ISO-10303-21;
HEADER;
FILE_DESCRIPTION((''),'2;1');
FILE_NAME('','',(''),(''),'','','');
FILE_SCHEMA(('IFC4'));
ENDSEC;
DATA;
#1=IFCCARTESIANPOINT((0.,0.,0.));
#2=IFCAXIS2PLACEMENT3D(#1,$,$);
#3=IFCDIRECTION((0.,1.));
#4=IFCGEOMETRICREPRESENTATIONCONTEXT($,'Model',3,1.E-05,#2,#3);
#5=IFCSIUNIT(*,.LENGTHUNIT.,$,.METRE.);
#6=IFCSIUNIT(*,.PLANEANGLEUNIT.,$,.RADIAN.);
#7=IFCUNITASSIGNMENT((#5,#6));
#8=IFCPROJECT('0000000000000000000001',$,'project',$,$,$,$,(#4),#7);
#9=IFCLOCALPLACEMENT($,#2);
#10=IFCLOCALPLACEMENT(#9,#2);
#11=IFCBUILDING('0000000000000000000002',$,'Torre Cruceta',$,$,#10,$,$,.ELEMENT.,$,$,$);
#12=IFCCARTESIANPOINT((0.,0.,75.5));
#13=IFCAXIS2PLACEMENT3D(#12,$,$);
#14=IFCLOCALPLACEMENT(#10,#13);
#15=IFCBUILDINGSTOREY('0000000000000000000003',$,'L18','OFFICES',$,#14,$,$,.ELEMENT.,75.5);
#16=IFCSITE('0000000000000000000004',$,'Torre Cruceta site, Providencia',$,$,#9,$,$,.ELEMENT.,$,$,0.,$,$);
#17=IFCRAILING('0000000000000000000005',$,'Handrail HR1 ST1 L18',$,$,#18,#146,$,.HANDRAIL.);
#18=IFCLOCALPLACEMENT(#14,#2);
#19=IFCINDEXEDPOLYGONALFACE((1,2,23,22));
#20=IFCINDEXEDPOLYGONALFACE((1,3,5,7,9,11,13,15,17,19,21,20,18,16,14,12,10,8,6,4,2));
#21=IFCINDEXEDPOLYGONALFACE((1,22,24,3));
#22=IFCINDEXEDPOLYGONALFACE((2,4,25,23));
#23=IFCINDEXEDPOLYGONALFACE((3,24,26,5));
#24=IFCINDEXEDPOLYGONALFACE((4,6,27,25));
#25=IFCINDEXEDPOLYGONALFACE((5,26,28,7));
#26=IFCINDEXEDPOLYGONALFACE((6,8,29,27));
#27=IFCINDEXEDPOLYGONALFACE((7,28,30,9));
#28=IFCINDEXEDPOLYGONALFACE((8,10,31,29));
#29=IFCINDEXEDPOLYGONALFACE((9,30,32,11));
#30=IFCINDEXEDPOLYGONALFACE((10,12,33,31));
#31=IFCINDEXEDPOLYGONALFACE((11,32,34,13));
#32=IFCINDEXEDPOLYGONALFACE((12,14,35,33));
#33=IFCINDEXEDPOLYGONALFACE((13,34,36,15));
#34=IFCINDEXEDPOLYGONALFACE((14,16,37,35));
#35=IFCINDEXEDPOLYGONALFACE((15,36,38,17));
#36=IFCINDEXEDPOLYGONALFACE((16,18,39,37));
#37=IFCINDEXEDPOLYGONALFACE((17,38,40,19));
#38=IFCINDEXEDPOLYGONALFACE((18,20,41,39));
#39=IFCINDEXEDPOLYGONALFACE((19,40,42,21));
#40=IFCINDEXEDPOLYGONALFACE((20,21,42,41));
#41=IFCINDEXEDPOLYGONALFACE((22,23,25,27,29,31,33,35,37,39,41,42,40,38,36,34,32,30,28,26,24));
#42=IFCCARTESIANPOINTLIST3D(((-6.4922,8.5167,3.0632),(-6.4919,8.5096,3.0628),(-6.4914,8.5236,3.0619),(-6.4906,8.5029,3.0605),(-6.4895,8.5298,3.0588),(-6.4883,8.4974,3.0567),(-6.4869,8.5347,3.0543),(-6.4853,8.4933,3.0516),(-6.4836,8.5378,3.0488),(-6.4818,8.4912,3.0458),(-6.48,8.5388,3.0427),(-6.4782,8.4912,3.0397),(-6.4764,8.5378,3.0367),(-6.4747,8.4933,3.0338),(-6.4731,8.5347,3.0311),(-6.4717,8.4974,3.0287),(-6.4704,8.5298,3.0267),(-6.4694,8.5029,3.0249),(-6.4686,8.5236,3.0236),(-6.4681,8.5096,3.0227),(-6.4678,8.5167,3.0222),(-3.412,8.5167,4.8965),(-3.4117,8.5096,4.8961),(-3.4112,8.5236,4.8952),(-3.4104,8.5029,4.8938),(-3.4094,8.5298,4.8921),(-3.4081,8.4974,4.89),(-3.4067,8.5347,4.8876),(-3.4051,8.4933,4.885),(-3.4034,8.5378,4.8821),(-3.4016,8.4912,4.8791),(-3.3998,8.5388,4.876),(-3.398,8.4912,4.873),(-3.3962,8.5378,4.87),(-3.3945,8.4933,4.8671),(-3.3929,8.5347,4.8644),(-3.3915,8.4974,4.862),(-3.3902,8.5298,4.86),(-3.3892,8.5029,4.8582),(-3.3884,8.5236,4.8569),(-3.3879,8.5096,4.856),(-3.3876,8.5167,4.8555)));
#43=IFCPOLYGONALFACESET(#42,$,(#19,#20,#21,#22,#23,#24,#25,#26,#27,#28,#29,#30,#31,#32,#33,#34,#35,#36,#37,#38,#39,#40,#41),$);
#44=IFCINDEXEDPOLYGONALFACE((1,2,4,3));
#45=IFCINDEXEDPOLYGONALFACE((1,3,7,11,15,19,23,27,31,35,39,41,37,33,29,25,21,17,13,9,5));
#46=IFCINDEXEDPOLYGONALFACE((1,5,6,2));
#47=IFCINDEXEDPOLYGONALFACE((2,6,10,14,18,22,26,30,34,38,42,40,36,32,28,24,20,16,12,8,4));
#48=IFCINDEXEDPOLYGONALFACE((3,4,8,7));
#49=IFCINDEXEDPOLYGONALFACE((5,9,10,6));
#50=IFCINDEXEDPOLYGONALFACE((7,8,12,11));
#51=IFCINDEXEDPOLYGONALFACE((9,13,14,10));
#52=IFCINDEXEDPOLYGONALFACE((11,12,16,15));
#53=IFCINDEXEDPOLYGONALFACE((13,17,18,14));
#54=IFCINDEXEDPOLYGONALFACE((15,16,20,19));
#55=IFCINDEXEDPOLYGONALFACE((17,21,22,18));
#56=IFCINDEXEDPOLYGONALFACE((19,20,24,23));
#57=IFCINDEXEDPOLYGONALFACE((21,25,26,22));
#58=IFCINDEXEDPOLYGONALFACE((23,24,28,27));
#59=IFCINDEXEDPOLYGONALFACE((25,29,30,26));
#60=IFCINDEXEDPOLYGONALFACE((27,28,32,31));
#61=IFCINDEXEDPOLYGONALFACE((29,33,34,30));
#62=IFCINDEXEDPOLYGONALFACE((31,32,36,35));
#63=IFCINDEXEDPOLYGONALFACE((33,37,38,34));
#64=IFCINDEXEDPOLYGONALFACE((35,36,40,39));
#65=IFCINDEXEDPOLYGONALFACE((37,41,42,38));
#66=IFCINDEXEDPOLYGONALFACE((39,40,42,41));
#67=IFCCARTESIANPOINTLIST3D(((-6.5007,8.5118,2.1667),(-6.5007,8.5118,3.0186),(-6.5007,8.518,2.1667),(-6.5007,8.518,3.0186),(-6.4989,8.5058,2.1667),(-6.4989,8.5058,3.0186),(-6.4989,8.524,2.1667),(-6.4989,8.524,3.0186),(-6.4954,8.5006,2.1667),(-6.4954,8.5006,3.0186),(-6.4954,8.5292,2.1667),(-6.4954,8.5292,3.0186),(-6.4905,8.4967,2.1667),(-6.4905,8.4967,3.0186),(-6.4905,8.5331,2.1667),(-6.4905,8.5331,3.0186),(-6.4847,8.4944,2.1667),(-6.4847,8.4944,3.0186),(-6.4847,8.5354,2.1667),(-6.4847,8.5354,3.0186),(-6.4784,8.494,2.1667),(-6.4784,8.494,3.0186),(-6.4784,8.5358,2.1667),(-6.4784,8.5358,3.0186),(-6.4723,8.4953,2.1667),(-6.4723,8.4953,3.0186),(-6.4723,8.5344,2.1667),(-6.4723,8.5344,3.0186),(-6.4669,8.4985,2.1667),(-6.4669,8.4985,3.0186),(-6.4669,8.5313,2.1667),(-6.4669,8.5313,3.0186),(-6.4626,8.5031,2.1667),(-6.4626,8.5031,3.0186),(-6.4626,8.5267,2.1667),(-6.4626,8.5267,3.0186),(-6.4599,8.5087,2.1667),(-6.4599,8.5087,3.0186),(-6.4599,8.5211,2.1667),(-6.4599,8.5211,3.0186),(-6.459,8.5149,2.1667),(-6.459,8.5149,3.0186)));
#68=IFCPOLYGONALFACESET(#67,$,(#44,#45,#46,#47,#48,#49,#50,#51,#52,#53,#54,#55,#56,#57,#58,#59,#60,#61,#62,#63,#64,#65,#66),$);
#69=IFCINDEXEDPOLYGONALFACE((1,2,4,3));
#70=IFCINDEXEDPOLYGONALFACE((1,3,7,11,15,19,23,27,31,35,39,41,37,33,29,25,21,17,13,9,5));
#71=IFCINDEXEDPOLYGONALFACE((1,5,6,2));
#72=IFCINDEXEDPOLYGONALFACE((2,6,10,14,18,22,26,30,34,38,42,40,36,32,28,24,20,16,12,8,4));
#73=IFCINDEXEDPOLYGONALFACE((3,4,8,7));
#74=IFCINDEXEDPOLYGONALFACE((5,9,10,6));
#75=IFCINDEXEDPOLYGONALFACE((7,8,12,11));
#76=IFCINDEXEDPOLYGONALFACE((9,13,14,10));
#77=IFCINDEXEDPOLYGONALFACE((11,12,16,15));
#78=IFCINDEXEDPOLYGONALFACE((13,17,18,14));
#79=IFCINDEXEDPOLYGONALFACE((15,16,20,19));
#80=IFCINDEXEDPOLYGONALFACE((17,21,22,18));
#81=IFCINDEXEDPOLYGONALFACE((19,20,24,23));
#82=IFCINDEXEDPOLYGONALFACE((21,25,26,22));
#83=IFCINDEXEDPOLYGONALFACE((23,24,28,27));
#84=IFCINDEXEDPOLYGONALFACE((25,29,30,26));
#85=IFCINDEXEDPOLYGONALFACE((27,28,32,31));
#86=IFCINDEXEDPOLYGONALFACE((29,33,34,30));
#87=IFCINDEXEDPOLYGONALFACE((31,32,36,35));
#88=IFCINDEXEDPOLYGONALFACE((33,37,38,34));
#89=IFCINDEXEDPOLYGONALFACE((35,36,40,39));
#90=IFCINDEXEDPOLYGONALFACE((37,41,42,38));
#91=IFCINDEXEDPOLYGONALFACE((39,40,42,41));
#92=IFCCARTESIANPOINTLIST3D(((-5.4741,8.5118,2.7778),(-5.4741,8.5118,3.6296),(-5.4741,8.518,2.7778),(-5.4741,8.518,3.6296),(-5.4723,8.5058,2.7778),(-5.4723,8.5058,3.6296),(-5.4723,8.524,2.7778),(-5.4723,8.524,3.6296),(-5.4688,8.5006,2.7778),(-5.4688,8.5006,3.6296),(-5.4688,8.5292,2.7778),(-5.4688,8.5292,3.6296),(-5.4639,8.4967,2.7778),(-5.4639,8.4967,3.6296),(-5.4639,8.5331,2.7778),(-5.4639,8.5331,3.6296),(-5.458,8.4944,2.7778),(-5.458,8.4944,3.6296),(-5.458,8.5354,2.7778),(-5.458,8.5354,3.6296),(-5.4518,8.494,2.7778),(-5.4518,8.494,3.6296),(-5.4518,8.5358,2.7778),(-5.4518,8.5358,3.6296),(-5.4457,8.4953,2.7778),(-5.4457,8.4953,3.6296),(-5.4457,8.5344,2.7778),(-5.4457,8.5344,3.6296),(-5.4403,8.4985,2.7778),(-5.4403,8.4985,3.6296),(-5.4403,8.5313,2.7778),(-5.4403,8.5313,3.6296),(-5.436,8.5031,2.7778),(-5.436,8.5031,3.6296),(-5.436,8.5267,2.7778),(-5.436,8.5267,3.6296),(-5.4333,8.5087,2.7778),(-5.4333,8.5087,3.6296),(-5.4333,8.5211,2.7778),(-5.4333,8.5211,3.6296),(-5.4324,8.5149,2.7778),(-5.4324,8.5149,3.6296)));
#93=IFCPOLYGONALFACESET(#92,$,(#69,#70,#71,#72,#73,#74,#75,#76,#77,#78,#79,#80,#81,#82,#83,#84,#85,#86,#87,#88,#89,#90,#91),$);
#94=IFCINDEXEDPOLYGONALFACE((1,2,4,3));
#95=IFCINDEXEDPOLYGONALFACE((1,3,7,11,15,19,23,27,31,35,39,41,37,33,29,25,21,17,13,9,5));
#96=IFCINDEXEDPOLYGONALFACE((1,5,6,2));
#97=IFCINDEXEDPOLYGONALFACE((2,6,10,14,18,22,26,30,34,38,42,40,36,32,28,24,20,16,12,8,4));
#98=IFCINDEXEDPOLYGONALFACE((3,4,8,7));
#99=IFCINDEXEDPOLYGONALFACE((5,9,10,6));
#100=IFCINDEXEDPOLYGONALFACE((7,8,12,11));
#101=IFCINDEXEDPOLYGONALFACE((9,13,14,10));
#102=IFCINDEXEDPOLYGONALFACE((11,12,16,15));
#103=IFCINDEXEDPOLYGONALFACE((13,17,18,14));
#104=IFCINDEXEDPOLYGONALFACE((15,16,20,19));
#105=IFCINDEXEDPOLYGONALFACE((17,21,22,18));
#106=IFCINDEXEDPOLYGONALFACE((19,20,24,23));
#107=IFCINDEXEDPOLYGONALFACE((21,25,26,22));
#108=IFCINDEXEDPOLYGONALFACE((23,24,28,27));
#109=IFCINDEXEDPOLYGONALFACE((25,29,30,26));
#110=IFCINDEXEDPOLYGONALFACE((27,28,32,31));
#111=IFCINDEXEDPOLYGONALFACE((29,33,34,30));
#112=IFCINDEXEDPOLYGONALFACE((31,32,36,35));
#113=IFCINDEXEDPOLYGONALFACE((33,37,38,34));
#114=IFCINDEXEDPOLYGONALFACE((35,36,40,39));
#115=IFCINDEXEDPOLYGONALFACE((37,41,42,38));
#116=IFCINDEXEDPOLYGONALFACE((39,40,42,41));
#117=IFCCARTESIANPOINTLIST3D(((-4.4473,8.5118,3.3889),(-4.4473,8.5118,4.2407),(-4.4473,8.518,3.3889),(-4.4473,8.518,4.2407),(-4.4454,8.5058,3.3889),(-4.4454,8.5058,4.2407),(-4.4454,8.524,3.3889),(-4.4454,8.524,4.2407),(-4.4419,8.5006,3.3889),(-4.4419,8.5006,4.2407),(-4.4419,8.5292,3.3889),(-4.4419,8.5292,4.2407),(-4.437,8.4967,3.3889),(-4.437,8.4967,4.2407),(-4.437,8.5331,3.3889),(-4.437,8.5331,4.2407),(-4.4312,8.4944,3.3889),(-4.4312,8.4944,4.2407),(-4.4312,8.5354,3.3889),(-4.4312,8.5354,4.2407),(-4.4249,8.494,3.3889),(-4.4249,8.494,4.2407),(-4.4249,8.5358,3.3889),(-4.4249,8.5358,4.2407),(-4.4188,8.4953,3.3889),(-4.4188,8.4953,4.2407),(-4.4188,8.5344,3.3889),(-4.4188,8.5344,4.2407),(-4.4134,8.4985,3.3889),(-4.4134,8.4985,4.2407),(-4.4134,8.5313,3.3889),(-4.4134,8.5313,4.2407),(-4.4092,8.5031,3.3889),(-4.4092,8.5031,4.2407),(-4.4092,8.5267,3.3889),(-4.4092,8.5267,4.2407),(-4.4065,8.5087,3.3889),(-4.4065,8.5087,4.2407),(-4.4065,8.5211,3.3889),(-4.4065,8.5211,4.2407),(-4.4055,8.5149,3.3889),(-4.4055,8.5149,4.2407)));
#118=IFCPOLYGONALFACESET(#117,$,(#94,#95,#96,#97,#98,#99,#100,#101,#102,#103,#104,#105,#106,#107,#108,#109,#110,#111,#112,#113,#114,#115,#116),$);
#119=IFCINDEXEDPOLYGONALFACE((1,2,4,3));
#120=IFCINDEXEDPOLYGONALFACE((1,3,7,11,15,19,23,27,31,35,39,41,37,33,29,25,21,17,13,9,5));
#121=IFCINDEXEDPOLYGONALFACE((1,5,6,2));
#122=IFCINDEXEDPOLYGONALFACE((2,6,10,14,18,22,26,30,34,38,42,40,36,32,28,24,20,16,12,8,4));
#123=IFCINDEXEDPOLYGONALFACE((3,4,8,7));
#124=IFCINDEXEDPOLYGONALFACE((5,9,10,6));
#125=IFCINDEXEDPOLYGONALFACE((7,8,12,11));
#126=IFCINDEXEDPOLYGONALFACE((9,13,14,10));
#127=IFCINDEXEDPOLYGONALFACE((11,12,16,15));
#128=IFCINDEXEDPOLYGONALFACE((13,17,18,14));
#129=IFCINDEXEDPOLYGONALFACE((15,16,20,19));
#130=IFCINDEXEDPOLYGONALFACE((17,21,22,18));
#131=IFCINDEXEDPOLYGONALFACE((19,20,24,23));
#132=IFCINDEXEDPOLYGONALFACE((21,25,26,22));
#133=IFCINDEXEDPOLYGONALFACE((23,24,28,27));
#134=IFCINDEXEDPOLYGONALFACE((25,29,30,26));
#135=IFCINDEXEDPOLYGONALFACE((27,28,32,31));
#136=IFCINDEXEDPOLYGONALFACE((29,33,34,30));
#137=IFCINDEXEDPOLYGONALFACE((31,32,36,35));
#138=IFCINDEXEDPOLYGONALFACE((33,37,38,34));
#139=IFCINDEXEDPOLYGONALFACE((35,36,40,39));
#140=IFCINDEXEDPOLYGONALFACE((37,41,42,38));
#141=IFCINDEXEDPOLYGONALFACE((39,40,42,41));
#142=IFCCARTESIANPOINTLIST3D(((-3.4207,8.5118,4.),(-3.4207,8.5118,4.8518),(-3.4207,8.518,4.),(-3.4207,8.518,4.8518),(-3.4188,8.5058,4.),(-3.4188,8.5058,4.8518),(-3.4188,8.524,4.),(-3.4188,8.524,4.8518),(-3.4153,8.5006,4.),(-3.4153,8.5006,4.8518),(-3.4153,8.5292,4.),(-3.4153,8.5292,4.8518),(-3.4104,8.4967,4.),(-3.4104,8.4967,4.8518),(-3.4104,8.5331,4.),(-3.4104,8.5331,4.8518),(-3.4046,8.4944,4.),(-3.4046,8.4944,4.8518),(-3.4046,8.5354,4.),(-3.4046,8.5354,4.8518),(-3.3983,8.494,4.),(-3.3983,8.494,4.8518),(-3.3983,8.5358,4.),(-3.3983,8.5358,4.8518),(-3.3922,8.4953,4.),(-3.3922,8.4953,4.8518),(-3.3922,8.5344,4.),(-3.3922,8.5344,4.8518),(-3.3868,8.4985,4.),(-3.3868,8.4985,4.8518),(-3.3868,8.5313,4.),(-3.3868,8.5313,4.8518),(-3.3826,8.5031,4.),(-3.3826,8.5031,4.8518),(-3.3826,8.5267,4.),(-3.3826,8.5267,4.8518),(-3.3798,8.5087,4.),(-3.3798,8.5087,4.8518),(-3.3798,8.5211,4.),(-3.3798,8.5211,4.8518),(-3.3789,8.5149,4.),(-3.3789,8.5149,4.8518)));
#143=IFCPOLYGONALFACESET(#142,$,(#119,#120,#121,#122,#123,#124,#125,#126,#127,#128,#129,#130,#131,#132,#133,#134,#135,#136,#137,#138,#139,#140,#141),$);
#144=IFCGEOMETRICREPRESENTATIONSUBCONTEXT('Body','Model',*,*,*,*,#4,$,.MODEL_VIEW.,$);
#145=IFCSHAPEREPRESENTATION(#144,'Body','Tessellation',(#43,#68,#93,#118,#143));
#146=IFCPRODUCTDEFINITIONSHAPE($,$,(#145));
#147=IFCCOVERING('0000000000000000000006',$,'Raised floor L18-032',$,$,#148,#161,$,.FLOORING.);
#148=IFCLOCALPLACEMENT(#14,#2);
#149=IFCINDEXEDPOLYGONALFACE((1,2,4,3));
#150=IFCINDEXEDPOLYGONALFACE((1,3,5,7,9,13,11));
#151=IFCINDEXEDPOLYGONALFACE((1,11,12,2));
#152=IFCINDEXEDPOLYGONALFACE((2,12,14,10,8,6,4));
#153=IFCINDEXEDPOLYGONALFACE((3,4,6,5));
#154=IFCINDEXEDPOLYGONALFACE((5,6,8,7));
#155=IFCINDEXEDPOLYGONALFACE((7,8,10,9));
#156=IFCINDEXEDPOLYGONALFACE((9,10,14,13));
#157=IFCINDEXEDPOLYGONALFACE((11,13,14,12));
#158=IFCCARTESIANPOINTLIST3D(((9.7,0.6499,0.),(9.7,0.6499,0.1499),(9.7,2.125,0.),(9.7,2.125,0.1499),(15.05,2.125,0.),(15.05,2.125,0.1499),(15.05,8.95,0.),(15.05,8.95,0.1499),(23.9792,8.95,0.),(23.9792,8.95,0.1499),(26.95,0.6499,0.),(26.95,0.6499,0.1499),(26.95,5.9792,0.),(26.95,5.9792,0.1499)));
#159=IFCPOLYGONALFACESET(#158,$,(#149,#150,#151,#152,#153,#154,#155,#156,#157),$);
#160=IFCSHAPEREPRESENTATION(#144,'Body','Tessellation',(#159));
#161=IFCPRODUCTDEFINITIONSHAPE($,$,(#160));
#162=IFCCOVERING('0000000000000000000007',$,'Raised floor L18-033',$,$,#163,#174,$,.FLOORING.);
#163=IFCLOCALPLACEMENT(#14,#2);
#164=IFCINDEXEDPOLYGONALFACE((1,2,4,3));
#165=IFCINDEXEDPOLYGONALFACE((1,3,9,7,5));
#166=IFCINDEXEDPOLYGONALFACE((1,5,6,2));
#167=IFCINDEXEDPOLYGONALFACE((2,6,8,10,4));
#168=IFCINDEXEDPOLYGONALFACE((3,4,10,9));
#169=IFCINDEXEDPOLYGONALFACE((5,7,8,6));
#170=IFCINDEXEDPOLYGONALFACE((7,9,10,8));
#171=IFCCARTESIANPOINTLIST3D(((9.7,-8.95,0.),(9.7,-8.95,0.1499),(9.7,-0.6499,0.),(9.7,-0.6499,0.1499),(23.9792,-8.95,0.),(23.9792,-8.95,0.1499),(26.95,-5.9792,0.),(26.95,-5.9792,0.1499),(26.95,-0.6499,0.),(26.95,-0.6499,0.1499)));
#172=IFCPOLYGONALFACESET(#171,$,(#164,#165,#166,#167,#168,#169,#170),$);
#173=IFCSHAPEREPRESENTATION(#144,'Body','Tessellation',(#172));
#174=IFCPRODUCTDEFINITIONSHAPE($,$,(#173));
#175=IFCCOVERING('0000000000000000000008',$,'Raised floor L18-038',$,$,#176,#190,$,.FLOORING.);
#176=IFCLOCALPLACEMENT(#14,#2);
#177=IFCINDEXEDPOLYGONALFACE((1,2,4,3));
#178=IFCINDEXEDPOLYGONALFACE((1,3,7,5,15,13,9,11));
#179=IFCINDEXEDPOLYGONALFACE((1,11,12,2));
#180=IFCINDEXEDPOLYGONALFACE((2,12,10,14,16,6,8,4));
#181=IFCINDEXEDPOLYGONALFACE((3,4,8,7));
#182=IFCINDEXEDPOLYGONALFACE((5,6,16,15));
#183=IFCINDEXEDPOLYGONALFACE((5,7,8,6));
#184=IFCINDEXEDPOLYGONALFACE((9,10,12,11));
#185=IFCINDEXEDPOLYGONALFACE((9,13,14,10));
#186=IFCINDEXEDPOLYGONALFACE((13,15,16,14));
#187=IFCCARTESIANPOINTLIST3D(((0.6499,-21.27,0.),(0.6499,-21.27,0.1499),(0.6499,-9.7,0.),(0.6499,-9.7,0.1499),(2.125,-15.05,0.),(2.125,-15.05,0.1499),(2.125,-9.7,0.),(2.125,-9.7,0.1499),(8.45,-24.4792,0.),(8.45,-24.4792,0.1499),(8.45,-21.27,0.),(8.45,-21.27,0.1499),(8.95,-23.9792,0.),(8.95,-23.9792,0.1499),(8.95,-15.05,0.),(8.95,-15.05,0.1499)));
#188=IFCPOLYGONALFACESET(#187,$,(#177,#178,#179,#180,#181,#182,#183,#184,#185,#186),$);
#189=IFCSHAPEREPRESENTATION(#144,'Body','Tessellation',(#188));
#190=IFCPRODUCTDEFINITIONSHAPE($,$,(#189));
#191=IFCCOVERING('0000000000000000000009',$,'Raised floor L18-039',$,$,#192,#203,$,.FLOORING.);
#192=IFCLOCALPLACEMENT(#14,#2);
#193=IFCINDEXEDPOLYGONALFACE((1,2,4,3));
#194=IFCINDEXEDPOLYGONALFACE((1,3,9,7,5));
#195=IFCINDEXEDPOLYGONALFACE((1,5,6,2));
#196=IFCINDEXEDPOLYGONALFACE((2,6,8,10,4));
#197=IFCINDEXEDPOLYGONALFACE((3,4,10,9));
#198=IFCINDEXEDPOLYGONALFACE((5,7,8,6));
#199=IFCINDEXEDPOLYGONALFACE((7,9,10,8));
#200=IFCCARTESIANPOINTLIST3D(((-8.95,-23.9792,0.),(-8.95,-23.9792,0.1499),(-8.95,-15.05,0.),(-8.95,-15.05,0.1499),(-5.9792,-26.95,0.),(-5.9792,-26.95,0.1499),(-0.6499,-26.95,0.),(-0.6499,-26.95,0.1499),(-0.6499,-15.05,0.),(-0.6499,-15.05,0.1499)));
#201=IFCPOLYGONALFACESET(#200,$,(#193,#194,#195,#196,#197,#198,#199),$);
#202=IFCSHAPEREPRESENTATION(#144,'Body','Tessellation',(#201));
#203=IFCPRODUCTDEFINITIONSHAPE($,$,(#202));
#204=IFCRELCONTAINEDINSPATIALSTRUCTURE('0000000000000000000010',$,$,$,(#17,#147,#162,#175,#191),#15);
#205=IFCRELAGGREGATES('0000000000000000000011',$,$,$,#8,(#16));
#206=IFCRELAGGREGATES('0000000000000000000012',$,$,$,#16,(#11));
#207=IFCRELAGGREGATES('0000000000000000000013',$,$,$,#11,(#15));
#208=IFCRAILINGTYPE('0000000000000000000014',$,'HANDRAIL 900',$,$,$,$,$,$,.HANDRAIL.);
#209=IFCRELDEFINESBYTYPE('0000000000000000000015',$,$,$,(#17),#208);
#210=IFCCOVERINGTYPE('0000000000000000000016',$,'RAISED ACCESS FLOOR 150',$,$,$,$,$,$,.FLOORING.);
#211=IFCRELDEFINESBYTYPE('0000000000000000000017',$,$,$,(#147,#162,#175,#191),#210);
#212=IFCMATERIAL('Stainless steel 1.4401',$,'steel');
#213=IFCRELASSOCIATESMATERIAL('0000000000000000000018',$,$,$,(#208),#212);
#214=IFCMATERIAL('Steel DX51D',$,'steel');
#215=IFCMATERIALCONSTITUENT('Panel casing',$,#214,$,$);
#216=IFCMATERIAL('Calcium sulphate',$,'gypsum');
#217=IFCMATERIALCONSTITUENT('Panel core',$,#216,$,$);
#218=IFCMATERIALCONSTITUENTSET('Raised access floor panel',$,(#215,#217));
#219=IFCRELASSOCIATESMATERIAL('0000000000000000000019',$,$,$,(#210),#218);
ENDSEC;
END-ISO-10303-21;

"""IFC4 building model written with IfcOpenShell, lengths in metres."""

from ifc_helpers import new_model, si_unit, direction, frame, origin, origin_2d, place, context, subcontext, project, spatial, polyline, circle, outline, extrude, material, constituent, constituent_set, type_object, element, save


model = new_model("IFC4")

# Units and contexts
model_context = context("Model", 3, precision=1e-05, world=origin(), true_north=direction((0.0, 1.0)))
body_context = subcontext(model_context, "Body", "Model", "MODEL_VIEW")
ifc_project = project(units=[si_unit("LENGTHUNIT", "METRE"), si_unit("PLANEANGLEUNIT", "RADIAN")], contexts=[model_context])

# Site, building, storey
site_placement = place(None, origin())
site = spatial("IfcSite", under=ifc_project, at=site_placement, Name="Torre Cruceta site, Providencia", CompositionType="ELEMENT", RefElevation=0.0)
building_placement = place(site_placement, origin())
building = spatial("IfcBuilding", under=site, at=building_placement, Name="Torre Cruceta", CompositionType="ELEMENT")
storey_placement = place(building_placement, frame((0.0, 0.0, 75.5)))
storey = spatial("IfcBuildingStorey", under=building, at=storey_placement, Name="L18", Description="OFFICES", CompositionType="ELEMENT", Elevation=75.5)

# Railing
ifc_material_1 = material(Name="Stainless steel 1.4401", Category="steel")
railing_type = type_object("IfcRailingType", Name="HANDRAIL 900", PredefinedType="HANDRAIL", material=ifc_material_1)
railing_1_placement = place(storey_placement, frame((-6.48, 8.5149, 2.1667)))
element("IfcRailing", 1, at=railing_1_placement, inside=storey, type_object=railing_type, Name="Handrail HR1 ST1 L18", PredefinedType="HANDRAIL", context=body_context, shape_type="SweptSolid", body=[
    extrude(circle(Radius=0.0239, at=origin_2d()), frame((0.0, 0.0, 0.876), z_axis=(0.859309, 0.0, 0.511458), x_axis=(0.0, 1.0, 0.0)), (0.0, 0.0, 1.0), 3.5845),
    extrude(circle(Radius=0.021, at=origin_2d()), origin(), (0.0, 0.0, 1.0), 0.8518),
    extrude(circle(Radius=0.021, at=origin_2d()), frame((1.0266, 0.0, 0.6111)), (0.0, 0.0, 1.0), 0.8518),
    extrude(circle(Radius=0.021, at=origin_2d()), frame((2.0535, 0.0, 1.2222)), (0.0, 0.0, 1.0), 0.8518),
    extrude(circle(Radius=0.021, at=origin_2d()), frame((3.0801, 0.0, 1.8333)), (0.0, 0.0, 1.0), 0.8518),
])

# Coverings
ifc_material_2 = material(Name="Steel DX51D", Category="steel")
ifc_constituent_1 = constituent(ifc_material_2, Name="Panel casing")
ifc_material_3 = material(Name="Calcium sulphate", Category="gypsum")
ifc_constituent_2 = constituent(ifc_material_3, Name="Panel core")
ifc_constituent_set_1 = constituent_set(constituents=[ifc_constituent_1, ifc_constituent_2], Name="Raised access floor panel")
covering_type_1 = type_object("IfcCoveringType", Name="RAISED ACCESS FLOOR 150", PredefinedType="FLOORING", material=ifc_constituent_set_1)
covering_1_placement = place(storey_placement, origin())
element("IfcCovering", 2, at=covering_1_placement, inside=storey, type_object=covering_type_1, Name="Raised floor L18-032", PredefinedType="FLOORING", context=body_context, shape_type="SweptSolid", body=[
    extrude(outline(polyline([(26.95, 5.9792), (26.95, 0.6499), (9.7, 0.6499), (9.7, 2.125), (15.05, 2.125), (15.05, 8.95), (23.9792, 8.95), (26.95, 5.9792)])), origin(), (0.0, 0.0, 1.0), 0.1499),
])
covering_2_placement = place(storey_placement, origin())
element("IfcCovering", 3, at=covering_2_placement, inside=storey, type_object=covering_type_1, Name="Raised floor L18-033", PredefinedType="FLOORING", context=body_context, shape_type="SweptSolid", body=[
    extrude(outline(polyline([(26.95, -5.9792), (23.9792, -8.95), (9.7, -8.95), (9.7, -0.6499), (26.95, -0.6499), (26.95, -5.9792)])), origin(), (0.0, 0.0, 1.0), 0.1499),
])
covering_3_placement = place(storey_placement, origin())
element("IfcCovering", 4, at=covering_3_placement, inside=storey, type_object=covering_type_1, Name="Raised floor L18-038", PredefinedType="FLOORING", context=body_context, shape_type="SweptSolid", body=[
    extrude(outline(polyline([(2.125, -9.7), (2.125, -15.05), (8.95, -15.05), (8.95, -23.9792), (8.45, -24.4792), (8.45, -21.27), (0.6499, -21.27), (0.6499, -9.7), (2.125, -9.7)])), origin(), (0.0, 0.0, 1.0), 0.1499),
])
covering_4_placement = place(storey_placement, origin())
element("IfcCovering", 5, at=covering_4_placement, inside=storey, type_object=covering_type_1, Name="Raised floor L18-039", PredefinedType="FLOORING", context=body_context, shape_type="SweptSolid", body=[
    extrude(outline(polyline([(-8.95, -23.9792), (-8.95, -15.05), (-0.6499, -15.05), (-0.6499, -26.95), (-5.9792, -26.95), (-8.95, -23.9792)])), origin(), (0.0, 0.0, 1.0), 0.1499),
])

save(model, "model.ifc")
